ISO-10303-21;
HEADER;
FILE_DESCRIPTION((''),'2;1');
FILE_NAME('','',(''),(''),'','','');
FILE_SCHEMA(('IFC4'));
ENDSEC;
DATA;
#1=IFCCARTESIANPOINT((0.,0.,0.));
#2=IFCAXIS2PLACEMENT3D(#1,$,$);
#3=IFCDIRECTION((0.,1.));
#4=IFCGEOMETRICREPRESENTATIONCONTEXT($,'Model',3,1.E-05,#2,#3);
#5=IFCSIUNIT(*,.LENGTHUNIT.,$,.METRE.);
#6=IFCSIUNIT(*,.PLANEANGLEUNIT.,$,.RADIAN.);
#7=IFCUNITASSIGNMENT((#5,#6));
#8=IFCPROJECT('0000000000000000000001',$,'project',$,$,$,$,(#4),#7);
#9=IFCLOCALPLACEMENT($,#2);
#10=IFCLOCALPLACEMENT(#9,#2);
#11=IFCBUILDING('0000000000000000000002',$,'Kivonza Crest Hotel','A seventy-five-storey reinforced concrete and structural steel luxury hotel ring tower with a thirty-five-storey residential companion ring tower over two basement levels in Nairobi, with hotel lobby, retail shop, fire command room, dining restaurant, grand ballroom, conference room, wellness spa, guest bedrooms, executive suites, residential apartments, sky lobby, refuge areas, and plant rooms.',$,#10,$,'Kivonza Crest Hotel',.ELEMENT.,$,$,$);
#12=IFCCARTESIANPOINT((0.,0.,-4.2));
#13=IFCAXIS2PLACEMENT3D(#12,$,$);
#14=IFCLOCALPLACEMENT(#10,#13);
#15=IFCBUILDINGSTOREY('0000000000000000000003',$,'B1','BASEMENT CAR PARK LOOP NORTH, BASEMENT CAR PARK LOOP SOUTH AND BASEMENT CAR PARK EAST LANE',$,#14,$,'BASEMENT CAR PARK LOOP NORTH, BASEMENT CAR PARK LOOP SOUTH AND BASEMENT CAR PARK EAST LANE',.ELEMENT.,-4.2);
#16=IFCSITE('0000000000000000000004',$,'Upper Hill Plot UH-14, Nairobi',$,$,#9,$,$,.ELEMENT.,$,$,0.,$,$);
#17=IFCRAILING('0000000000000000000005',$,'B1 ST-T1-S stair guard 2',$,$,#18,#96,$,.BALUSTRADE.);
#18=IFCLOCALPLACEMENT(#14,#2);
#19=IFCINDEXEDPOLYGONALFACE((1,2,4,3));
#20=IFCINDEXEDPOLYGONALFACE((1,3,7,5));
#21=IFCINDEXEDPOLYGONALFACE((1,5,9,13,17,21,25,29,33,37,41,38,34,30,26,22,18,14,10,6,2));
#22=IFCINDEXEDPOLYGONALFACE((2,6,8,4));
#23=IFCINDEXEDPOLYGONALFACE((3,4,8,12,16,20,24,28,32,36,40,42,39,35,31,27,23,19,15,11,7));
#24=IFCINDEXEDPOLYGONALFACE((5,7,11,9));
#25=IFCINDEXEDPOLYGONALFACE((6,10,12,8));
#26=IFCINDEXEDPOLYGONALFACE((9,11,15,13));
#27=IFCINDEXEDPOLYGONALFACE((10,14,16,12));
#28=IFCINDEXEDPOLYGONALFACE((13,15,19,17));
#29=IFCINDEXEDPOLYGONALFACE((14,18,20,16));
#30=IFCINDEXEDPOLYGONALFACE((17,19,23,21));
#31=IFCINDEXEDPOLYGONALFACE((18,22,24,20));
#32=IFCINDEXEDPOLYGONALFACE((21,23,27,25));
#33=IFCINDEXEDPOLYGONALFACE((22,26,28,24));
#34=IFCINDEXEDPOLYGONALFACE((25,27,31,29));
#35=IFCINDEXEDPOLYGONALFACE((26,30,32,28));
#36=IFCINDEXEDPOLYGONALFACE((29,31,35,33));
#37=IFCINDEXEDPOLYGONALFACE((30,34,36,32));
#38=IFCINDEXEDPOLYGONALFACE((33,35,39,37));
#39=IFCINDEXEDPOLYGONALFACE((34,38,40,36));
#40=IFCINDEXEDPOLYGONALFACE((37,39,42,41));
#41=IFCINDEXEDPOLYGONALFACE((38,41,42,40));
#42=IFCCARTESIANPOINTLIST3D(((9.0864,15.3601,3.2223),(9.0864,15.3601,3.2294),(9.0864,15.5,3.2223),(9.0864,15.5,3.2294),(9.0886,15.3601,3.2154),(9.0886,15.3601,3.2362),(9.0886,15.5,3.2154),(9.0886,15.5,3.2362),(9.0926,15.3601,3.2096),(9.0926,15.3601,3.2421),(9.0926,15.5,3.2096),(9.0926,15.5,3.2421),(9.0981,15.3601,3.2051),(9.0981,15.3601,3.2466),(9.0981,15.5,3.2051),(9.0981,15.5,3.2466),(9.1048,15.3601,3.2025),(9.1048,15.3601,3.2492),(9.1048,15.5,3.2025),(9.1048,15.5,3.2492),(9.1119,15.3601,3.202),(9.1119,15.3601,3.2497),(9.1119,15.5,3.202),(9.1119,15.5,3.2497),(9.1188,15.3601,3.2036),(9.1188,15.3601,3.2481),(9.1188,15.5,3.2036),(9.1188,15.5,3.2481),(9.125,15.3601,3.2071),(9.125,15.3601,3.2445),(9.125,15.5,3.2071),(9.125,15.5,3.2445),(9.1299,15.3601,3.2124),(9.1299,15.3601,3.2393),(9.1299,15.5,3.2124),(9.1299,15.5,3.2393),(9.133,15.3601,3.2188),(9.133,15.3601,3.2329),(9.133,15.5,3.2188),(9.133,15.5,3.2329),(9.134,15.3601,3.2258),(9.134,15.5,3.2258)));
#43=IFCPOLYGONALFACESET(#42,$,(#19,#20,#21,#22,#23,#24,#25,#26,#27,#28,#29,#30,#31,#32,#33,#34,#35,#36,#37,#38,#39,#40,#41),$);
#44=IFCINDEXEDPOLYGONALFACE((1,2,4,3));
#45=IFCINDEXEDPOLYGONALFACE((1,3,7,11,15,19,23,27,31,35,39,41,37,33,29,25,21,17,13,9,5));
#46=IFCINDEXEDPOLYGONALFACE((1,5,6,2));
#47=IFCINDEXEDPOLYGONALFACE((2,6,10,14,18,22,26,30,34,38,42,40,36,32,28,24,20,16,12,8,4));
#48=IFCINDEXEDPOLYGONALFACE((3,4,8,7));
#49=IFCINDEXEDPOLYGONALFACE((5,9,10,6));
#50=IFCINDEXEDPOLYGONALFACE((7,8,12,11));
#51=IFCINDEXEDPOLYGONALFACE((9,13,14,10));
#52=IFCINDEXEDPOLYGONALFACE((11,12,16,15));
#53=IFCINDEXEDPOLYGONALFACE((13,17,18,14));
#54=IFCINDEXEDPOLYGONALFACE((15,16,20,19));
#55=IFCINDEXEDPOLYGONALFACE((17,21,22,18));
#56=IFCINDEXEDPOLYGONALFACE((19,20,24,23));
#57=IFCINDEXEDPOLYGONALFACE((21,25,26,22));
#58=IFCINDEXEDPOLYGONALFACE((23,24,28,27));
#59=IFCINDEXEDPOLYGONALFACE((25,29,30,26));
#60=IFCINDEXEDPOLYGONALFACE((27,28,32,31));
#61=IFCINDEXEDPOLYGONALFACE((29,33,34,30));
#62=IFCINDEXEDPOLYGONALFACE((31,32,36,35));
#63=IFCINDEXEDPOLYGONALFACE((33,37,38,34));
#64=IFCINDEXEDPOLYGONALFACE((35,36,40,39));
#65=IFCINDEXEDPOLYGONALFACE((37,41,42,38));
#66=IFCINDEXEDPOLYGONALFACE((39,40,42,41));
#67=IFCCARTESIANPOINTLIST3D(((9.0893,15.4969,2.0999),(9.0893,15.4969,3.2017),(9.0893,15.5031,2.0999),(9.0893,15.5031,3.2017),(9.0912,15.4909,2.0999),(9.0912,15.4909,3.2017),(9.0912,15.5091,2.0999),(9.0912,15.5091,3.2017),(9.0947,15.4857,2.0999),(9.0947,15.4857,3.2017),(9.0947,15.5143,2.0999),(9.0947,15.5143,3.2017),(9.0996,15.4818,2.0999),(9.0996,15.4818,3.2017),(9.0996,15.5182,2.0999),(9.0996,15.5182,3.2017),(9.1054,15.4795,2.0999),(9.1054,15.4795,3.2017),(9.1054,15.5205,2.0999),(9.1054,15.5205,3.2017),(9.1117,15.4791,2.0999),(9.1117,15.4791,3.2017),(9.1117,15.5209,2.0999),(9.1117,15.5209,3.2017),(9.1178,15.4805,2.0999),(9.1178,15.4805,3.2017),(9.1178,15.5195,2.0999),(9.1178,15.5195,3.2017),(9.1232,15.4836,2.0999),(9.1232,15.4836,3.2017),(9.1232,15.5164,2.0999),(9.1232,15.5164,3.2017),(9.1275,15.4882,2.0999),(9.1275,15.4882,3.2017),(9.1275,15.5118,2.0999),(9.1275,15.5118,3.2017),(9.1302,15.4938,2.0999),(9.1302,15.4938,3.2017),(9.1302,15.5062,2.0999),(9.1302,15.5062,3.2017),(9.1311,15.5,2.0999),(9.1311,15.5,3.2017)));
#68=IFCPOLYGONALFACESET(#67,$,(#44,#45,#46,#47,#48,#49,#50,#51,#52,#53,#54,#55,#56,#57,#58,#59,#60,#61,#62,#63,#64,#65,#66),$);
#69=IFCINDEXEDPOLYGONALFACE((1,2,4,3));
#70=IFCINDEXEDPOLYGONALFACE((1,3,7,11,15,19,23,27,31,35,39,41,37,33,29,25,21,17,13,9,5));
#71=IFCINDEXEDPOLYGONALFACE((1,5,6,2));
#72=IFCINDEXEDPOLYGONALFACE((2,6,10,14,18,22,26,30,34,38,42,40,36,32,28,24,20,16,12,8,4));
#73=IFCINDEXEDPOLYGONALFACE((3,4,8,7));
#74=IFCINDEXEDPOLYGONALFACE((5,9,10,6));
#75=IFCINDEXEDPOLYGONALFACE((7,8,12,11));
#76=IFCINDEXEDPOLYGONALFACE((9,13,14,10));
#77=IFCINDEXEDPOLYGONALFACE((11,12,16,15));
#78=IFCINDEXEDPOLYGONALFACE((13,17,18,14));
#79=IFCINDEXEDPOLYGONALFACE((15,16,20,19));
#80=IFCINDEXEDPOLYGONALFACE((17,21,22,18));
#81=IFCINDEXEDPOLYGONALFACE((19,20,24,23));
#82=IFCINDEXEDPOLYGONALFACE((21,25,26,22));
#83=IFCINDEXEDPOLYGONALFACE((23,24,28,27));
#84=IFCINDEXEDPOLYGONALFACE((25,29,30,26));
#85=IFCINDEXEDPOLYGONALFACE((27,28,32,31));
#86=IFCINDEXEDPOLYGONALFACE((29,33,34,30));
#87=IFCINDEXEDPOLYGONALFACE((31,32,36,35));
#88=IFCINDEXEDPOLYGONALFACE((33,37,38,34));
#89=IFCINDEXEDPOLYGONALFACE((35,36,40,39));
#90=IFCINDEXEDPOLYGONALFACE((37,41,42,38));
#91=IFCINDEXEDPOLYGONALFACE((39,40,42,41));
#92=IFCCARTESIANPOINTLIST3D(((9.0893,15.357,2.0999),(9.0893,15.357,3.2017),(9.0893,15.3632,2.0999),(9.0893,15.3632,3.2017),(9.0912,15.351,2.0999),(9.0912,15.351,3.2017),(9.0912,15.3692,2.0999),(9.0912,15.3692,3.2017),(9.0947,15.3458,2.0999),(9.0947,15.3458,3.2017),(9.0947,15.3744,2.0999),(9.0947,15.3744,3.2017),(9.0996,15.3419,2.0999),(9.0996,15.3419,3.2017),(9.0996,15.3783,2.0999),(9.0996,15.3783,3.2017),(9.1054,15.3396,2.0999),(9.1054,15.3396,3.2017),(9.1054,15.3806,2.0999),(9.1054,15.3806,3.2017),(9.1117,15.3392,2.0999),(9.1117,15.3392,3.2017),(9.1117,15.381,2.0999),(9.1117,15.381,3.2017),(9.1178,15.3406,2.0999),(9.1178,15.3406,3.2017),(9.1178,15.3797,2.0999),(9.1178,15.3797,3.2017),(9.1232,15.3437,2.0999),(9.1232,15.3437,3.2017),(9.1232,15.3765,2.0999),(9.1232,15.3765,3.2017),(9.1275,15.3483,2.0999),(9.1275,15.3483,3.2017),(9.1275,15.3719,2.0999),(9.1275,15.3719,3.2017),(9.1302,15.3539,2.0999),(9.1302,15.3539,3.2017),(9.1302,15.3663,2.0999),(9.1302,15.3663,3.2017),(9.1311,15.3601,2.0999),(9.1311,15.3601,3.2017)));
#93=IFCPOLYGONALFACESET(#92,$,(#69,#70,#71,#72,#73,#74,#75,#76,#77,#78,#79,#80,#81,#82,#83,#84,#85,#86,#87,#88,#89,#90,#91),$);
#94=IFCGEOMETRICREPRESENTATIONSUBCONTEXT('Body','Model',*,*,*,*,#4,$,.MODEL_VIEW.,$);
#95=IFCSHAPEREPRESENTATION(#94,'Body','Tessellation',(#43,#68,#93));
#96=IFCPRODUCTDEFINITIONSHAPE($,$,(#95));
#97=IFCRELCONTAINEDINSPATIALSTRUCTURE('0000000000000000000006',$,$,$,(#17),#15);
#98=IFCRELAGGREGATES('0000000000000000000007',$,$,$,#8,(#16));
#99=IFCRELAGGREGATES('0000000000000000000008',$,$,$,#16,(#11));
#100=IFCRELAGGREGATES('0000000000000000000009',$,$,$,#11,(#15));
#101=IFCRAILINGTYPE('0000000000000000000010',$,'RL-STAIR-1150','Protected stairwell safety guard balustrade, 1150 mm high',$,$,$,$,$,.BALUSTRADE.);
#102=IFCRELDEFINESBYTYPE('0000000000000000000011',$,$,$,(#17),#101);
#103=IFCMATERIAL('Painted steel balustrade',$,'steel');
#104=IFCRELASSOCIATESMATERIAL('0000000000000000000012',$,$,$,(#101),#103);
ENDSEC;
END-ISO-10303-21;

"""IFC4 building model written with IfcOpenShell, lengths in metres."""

from ifc_helpers import new_model, si_unit, direction, frame, origin, origin_2d, place, context, subcontext, project, spatial, circle, extrude, material, type_object, element, save


model = new_model("IFC4")

# Units and contexts
model_context = context("Model", 3, precision=1e-05, world=origin(), true_north=direction((0.0, 1.0)))
body_context = subcontext(model_context, "Body", "Model", "MODEL_VIEW")
ifc_project = project(units=[si_unit("LENGTHUNIT", "METRE"), si_unit("PLANEANGLEUNIT", "RADIAN")], contexts=[model_context])

# Site, building, storey
site_placement = place(None, origin())
site = spatial("IfcSite", under=ifc_project, at=site_placement, Name="Upper Hill Plot UH-14, Nairobi", CompositionType="ELEMENT", RefElevation=0.0)
building_placement = place(site_placement, origin())
building = spatial("IfcBuilding", under=site, at=building_placement, Name="Kivonza Crest Hotel", Description="A seventy-five-storey reinforced concrete and structural steel luxury hotel ring tower with a thirty-five-storey residential companion ring tower over two basement levels in Nairobi, with hotel lobby, retail shop, fire command room, dining restaurant, grand ballroom, conference room, wellness spa, guest bedrooms, executive suites, residential apartments, sky lobby, refuge areas, and plant rooms.", LongName="Kivonza Crest Hotel", CompositionType="ELEMENT")
storey_placement = place(building_placement, frame((0.0, 0.0, -4.2)))
storey = spatial("IfcBuildingStorey", under=building, at=storey_placement, Name="B1", Description="BASEMENT CAR PARK LOOP NORTH, BASEMENT CAR PARK LOOP SOUTH AND BASEMENT CAR PARK EAST LANE", LongName="BASEMENT CAR PARK LOOP NORTH, BASEMENT CAR PARK LOOP SOUTH AND BASEMENT CAR PARK EAST LANE", CompositionType="ELEMENT", Elevation=-4.2)

# Railing
ifc_material_1 = material(Name="Painted steel balustrade", Category="steel")
railing_type_1 = type_object("IfcRailingType", Name="RL-STAIR-1150", Description="Protected stairwell safety guard balustrade, 1150 mm high", PredefinedType="BALUSTRADE", material=ifc_material_1)
railing_1_placement = place(storey_placement, frame((9.1101, 15.5, 2.0999)))
element("IfcRailing", 1, at=railing_1_placement, inside=storey, type_object=railing_type_1, Name="B1 ST-T1-S stair guard 2", PredefinedType="BALUSTRADE", context=body_context, shape_type="SweptSolid", body=[
    extrude(circle(Radius=0.0239, at=origin_2d()), frame((0.0, 0.0, 1.126), z_axis=(0.0, -1.0, 0.0), x_axis=(1.0, 0.0, 0.0)), (0.0, 0.0, 1.0), 0.1399),
    extrude(circle(Radius=0.021, at=origin_2d()), origin(), (0.0, 0.0, 1.0), 1.1018),
    extrude(circle(Radius=0.021, at=origin_2d()), frame((0.0, -0.1399, 0.0)), (0.0, 0.0, 1.0), 1.1018),
])

save(model, "model.ifc")
